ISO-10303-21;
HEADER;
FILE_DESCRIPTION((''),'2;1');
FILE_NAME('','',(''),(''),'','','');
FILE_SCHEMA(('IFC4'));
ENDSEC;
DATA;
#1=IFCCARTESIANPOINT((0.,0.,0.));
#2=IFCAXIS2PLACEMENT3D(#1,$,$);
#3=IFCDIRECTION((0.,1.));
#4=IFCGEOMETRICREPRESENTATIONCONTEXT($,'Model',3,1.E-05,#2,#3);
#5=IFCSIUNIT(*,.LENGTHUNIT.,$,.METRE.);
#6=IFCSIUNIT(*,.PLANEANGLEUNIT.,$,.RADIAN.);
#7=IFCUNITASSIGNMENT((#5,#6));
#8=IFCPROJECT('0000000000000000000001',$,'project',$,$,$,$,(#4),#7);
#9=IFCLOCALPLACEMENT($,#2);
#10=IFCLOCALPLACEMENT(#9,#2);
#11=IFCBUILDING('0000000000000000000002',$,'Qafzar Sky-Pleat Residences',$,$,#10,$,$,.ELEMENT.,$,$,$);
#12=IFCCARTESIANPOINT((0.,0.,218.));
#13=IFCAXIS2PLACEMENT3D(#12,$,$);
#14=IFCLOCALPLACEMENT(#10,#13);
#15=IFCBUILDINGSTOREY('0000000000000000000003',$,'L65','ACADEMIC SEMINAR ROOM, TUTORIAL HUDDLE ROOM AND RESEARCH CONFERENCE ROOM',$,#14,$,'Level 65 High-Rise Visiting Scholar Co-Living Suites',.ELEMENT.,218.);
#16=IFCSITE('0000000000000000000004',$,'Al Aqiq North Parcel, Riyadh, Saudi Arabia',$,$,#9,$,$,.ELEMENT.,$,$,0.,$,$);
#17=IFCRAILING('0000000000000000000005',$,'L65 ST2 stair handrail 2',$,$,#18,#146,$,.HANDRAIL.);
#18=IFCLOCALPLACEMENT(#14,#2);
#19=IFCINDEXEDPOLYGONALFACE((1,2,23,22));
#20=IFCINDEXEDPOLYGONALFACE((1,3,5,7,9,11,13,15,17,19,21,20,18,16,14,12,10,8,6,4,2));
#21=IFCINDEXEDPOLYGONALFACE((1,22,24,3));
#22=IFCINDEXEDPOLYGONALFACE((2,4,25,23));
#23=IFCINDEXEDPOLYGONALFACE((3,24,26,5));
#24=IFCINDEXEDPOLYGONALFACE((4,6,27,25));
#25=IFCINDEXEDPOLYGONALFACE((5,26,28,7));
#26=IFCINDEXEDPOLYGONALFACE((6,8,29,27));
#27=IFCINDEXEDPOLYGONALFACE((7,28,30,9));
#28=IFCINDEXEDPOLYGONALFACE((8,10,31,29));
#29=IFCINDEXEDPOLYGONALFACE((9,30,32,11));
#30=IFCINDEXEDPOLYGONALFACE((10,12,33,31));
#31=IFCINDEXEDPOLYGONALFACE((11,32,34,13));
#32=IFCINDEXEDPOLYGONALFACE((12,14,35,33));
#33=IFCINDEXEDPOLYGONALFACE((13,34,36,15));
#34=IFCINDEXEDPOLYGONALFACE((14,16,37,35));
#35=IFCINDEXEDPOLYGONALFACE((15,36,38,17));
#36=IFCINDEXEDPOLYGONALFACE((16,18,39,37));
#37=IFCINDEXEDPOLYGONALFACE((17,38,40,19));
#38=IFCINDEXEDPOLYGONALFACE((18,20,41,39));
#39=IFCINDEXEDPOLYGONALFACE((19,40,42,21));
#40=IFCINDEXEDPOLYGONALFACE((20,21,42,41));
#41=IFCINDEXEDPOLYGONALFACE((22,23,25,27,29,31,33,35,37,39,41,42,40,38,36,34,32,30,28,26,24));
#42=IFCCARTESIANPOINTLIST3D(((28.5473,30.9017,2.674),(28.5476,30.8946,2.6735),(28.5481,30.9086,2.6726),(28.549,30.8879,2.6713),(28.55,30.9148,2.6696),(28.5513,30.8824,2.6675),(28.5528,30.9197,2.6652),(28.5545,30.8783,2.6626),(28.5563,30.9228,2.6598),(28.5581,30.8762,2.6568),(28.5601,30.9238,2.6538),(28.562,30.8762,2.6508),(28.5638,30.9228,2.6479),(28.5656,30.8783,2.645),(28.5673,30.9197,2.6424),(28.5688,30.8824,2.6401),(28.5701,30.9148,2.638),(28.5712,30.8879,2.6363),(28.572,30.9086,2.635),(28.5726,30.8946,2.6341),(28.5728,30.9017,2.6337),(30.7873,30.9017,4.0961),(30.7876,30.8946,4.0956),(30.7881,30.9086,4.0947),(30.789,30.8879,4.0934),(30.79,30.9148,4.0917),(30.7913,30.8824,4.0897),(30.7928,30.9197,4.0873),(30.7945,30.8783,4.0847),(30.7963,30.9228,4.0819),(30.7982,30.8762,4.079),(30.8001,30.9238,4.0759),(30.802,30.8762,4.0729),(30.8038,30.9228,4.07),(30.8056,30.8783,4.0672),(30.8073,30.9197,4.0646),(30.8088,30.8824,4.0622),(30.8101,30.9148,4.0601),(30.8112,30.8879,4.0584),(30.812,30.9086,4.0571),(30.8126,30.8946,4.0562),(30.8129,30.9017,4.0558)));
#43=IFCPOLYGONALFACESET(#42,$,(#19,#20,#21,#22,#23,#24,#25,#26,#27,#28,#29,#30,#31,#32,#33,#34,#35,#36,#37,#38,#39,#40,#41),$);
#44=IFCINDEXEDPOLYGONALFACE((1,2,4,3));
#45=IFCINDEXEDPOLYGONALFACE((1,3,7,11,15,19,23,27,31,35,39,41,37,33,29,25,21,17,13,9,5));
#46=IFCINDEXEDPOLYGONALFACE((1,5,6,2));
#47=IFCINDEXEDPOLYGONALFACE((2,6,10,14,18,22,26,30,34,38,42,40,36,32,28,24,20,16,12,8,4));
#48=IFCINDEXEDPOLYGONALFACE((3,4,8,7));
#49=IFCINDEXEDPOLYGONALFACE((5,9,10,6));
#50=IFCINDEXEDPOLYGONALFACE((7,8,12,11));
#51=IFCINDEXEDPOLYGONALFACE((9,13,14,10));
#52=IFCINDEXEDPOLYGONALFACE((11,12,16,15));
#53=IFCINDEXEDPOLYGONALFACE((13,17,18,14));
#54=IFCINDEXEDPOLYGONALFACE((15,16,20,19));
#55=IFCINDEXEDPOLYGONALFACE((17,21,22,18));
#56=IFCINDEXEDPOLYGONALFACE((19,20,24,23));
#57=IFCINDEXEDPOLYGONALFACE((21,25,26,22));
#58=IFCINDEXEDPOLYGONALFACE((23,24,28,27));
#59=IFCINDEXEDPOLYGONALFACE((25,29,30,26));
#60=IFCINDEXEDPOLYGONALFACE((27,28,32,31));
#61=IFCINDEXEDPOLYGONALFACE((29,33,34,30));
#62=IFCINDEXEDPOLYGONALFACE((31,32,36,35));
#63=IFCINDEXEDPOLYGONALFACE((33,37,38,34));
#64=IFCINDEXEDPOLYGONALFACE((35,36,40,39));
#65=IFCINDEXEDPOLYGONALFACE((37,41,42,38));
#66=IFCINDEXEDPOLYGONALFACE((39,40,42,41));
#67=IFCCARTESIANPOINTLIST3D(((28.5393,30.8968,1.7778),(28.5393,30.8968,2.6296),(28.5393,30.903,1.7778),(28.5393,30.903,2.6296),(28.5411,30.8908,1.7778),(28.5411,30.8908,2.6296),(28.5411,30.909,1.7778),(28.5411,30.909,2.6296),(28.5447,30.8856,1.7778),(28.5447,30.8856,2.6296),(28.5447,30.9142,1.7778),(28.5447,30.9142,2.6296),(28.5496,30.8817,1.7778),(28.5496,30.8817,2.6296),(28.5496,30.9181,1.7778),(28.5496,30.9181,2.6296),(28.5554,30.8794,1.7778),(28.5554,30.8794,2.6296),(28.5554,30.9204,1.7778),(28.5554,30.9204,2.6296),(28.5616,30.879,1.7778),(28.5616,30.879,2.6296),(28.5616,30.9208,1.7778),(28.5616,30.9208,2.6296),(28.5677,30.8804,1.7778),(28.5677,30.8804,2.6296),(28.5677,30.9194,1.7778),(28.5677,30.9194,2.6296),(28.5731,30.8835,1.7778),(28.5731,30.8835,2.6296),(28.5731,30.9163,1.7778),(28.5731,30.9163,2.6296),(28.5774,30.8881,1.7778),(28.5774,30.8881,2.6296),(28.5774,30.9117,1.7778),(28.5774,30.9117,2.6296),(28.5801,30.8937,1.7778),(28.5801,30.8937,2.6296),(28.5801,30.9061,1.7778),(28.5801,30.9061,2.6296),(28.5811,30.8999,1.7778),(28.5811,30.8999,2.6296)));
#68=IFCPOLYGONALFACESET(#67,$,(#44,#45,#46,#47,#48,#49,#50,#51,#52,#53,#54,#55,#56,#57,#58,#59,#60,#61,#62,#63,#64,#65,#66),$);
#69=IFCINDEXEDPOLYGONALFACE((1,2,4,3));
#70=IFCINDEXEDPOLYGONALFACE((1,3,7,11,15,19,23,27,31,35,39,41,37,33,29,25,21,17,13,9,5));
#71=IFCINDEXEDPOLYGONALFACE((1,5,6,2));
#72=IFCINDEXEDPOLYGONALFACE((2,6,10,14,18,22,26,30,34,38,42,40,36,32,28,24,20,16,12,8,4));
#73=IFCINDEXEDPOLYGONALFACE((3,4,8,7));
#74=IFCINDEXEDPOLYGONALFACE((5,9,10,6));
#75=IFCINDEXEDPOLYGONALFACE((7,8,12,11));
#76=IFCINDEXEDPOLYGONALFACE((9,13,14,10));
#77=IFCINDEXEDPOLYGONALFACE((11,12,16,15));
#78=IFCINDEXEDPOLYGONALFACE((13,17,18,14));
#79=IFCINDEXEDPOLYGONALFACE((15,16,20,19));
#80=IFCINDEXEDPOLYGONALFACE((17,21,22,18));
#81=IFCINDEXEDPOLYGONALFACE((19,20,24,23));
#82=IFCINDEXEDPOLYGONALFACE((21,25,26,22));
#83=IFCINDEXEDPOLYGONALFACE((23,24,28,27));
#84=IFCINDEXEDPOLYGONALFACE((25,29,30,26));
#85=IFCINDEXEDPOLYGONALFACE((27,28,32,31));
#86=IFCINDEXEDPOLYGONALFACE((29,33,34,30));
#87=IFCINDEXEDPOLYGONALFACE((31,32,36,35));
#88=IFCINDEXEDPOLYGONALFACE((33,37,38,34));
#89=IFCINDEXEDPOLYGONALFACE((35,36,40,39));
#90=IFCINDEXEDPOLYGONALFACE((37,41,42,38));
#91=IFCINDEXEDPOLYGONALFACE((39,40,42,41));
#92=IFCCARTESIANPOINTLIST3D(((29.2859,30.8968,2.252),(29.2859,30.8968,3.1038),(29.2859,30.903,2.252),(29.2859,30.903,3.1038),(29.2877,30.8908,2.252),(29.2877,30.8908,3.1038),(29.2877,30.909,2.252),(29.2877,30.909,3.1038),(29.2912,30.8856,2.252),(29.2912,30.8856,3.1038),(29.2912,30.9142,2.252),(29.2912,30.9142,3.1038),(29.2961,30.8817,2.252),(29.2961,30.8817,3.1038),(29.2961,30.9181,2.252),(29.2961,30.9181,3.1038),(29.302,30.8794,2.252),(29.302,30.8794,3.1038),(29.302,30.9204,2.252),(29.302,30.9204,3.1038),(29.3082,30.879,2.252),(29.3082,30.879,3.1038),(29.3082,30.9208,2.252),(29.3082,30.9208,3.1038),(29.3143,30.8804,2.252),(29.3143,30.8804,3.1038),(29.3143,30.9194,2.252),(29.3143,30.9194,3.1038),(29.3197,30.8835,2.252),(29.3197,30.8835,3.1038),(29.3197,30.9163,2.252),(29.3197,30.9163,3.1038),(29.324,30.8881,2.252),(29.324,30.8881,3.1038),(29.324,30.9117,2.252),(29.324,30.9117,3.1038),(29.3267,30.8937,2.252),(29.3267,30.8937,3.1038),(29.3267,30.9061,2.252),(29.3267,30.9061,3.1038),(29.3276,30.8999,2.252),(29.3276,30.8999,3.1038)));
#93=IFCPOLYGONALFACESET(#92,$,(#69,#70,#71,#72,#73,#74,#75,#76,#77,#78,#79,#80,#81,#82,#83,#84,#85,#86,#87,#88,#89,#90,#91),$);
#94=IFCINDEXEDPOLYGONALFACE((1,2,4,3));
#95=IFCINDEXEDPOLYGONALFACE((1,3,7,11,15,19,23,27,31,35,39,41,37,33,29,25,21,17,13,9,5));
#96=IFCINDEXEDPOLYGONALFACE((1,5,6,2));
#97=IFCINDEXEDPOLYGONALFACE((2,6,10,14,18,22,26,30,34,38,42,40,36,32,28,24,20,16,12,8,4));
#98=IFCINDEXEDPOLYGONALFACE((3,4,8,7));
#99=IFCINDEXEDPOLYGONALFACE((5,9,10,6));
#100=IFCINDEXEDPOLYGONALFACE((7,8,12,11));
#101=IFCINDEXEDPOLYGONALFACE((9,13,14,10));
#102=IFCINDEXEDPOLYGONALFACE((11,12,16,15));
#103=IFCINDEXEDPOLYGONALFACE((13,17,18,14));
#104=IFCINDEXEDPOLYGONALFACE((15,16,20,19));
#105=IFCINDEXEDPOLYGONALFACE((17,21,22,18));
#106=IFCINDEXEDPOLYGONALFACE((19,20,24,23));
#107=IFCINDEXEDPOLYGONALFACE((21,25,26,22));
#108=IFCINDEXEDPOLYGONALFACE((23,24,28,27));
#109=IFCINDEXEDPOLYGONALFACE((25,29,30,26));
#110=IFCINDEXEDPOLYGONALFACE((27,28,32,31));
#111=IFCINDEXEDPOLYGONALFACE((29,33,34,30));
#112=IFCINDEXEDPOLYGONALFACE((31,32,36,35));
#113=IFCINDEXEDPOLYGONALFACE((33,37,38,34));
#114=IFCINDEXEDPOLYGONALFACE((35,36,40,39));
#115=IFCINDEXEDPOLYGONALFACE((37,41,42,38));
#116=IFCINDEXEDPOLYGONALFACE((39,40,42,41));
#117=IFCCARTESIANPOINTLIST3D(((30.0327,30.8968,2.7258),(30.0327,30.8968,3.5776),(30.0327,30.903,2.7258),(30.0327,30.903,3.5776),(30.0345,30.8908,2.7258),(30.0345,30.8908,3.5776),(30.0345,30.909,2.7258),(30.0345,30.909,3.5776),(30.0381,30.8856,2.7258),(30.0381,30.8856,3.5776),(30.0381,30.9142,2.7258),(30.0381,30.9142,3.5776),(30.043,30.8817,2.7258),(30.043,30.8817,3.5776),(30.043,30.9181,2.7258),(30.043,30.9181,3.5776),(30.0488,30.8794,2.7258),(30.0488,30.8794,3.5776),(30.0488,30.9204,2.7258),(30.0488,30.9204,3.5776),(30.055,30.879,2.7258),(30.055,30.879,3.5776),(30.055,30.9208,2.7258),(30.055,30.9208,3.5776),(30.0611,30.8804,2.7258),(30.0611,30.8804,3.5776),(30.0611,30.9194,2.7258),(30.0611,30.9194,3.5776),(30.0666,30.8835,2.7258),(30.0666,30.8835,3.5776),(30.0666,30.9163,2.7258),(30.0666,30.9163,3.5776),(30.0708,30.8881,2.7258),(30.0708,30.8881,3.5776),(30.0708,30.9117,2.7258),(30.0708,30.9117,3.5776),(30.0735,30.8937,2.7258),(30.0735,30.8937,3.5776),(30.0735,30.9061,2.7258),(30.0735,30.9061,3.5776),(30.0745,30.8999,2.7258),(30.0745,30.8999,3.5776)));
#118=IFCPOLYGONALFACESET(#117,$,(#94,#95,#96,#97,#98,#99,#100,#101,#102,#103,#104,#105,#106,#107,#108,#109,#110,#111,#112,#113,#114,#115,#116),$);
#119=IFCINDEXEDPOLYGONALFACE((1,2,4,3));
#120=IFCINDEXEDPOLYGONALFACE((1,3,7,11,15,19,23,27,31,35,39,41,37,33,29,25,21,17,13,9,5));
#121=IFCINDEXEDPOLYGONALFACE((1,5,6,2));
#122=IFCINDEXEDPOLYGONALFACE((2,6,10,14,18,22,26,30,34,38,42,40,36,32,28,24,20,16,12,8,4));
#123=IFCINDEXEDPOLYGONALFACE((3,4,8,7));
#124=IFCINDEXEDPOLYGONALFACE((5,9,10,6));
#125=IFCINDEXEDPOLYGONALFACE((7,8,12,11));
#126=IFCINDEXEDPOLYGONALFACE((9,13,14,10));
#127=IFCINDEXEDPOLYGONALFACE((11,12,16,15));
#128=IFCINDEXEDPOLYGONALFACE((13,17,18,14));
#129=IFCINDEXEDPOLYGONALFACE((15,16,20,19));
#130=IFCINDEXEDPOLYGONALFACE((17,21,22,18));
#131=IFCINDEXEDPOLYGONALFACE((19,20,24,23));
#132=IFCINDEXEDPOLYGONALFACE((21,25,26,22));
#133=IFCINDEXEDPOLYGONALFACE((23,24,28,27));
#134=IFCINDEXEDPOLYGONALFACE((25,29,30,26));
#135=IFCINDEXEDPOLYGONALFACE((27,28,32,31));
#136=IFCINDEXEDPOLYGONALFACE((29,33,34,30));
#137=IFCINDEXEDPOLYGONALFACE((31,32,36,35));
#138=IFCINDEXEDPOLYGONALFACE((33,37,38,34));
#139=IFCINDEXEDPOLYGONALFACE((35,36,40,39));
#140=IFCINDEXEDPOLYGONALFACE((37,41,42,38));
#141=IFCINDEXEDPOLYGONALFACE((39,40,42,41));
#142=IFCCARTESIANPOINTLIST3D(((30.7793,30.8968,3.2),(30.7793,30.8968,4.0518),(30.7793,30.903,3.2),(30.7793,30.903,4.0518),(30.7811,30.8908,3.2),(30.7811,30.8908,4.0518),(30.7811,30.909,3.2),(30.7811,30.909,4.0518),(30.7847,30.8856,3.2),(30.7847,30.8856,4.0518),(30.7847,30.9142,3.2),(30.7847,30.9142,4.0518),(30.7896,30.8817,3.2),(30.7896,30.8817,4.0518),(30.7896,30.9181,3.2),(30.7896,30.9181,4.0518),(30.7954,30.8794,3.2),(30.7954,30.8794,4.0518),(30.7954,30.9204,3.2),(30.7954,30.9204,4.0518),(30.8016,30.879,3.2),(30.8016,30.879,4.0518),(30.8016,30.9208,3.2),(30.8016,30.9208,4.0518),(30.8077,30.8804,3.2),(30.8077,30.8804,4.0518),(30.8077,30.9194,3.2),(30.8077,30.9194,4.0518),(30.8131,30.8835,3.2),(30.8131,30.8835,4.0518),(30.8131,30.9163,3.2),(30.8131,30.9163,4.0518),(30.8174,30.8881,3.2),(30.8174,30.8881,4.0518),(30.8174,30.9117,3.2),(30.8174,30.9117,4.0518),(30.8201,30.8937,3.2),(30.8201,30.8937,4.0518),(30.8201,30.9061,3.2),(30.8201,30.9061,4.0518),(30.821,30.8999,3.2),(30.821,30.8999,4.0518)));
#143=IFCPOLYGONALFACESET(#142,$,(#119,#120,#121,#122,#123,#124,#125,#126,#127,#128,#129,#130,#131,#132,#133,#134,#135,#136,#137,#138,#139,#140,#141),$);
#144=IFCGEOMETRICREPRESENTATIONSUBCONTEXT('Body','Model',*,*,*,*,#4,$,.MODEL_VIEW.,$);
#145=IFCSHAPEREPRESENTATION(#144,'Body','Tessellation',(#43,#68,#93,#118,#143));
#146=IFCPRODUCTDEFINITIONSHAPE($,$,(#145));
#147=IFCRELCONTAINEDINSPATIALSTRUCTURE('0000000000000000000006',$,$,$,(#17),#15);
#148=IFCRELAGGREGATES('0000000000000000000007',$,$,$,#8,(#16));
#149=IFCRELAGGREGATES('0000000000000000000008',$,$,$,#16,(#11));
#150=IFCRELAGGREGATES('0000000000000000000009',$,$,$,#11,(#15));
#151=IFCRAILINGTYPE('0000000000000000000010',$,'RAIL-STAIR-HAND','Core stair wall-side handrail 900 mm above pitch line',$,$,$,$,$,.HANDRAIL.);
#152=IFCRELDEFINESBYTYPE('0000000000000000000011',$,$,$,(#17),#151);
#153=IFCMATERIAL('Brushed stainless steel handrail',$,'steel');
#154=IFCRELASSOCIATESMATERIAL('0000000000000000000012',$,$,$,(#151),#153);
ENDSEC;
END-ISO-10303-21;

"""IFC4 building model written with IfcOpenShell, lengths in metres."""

from ifc_helpers import new_model, si_unit, direction, frame, origin, origin_2d, place, context, subcontext, project, spatial, circle, extrude, source, transform, mapped, material, type_object, element, save


model = new_model("IFC4")

# Units and contexts
model_context = context("Model", 3, precision=1e-05, world=origin(), true_north=direction((0.0, 1.0)))
body_context = subcontext(model_context, "Body", "Model", "MODEL_VIEW")
ifc_project = project(units=[si_unit("LENGTHUNIT", "METRE"), si_unit("PLANEANGLEUNIT", "RADIAN")], contexts=[model_context])

# Site, building, storey
site_placement = place(None, origin())
site = spatial("IfcSite", under=ifc_project, at=site_placement, Name="Al Aqiq North Parcel, Riyadh, Saudi Arabia", CompositionType="ELEMENT", RefElevation=0.0)
building_placement = place(site_placement, origin())
building = spatial("IfcBuilding", under=site, at=building_placement, Name="Qafzar Sky-Pleat Residences", CompositionType="ELEMENT")
storey_placement = place(building_placement, frame((0.0, 0.0, 218.0)))
storey = spatial("IfcBuildingStorey", under=building, at=storey_placement, Name="L65", Description="ACADEMIC SEMINAR ROOM, TUTORIAL HUDDLE ROOM AND RESEARCH CONFERENCE ROOM", LongName="Level 65 High-Rise Visiting Scholar Co-Living Suites", CompositionType="ELEMENT", Elevation=218.0)

# Railing
ifc_material_1 = material(Name="Brushed stainless steel handrail", Category="steel")
railing_type_1 = type_object("IfcRailingType", Name="RAIL-STAIR-HAND", Description="Core stair wall-side handrail 900 mm above pitch line", PredefinedType="HANDRAIL", material=ifc_material_1)
shared_shape_1 = source(origin(), body_context, "Body", "SweptSolid", [
    extrude(circle(Radius=0.0239, at=origin_2d()), frame((0.0, 0.0, 0.876), z_axis=(0.844229, 0.0, 0.535982), x_axis=(0.0, 1.0, 0.0)), (0.0, 0.0, 1.0), 2.6533),
    extrude(circle(Radius=0.021, at=origin_2d()), origin(), (0.0, 0.0, 1.0), 0.8518),
    extrude(circle(Radius=0.021, at=origin_2d()), frame((0.7466, 0.0, 0.4741)), (0.0, 0.0, 1.0), 0.8518),
    extrude(circle(Radius=0.021, at=origin_2d()), frame((1.4934, 0.0, 0.948)), (0.0, 0.0, 1.0), 0.8518),
    extrude(circle(Radius=0.021, at=origin_2d()), frame((2.24, 0.0, 1.4221)), (0.0, 0.0, 1.0), 0.8518),
])
railing_1_placement = place(storey_placement, frame((28.5601, 30.8999, 1.7778)))
element("IfcRailing", 1, at=railing_1_placement, inside=storey, type_object=railing_type_1, Name="L65 ST2 stair handrail 2", PredefinedType="HANDRAIL", context=body_context, shape_type="MappedRepresentation", body=[
    mapped(shared_shape_1, transform((0.0, 0.0, 0.0), x_axis=(1.0, 0.0, 0.0), y_axis=(0.0, 1.0, 0.0), z_axis=(0.0, 0.0, 1.0), scale=1.0)),
])

save(model, "model.ifc")
